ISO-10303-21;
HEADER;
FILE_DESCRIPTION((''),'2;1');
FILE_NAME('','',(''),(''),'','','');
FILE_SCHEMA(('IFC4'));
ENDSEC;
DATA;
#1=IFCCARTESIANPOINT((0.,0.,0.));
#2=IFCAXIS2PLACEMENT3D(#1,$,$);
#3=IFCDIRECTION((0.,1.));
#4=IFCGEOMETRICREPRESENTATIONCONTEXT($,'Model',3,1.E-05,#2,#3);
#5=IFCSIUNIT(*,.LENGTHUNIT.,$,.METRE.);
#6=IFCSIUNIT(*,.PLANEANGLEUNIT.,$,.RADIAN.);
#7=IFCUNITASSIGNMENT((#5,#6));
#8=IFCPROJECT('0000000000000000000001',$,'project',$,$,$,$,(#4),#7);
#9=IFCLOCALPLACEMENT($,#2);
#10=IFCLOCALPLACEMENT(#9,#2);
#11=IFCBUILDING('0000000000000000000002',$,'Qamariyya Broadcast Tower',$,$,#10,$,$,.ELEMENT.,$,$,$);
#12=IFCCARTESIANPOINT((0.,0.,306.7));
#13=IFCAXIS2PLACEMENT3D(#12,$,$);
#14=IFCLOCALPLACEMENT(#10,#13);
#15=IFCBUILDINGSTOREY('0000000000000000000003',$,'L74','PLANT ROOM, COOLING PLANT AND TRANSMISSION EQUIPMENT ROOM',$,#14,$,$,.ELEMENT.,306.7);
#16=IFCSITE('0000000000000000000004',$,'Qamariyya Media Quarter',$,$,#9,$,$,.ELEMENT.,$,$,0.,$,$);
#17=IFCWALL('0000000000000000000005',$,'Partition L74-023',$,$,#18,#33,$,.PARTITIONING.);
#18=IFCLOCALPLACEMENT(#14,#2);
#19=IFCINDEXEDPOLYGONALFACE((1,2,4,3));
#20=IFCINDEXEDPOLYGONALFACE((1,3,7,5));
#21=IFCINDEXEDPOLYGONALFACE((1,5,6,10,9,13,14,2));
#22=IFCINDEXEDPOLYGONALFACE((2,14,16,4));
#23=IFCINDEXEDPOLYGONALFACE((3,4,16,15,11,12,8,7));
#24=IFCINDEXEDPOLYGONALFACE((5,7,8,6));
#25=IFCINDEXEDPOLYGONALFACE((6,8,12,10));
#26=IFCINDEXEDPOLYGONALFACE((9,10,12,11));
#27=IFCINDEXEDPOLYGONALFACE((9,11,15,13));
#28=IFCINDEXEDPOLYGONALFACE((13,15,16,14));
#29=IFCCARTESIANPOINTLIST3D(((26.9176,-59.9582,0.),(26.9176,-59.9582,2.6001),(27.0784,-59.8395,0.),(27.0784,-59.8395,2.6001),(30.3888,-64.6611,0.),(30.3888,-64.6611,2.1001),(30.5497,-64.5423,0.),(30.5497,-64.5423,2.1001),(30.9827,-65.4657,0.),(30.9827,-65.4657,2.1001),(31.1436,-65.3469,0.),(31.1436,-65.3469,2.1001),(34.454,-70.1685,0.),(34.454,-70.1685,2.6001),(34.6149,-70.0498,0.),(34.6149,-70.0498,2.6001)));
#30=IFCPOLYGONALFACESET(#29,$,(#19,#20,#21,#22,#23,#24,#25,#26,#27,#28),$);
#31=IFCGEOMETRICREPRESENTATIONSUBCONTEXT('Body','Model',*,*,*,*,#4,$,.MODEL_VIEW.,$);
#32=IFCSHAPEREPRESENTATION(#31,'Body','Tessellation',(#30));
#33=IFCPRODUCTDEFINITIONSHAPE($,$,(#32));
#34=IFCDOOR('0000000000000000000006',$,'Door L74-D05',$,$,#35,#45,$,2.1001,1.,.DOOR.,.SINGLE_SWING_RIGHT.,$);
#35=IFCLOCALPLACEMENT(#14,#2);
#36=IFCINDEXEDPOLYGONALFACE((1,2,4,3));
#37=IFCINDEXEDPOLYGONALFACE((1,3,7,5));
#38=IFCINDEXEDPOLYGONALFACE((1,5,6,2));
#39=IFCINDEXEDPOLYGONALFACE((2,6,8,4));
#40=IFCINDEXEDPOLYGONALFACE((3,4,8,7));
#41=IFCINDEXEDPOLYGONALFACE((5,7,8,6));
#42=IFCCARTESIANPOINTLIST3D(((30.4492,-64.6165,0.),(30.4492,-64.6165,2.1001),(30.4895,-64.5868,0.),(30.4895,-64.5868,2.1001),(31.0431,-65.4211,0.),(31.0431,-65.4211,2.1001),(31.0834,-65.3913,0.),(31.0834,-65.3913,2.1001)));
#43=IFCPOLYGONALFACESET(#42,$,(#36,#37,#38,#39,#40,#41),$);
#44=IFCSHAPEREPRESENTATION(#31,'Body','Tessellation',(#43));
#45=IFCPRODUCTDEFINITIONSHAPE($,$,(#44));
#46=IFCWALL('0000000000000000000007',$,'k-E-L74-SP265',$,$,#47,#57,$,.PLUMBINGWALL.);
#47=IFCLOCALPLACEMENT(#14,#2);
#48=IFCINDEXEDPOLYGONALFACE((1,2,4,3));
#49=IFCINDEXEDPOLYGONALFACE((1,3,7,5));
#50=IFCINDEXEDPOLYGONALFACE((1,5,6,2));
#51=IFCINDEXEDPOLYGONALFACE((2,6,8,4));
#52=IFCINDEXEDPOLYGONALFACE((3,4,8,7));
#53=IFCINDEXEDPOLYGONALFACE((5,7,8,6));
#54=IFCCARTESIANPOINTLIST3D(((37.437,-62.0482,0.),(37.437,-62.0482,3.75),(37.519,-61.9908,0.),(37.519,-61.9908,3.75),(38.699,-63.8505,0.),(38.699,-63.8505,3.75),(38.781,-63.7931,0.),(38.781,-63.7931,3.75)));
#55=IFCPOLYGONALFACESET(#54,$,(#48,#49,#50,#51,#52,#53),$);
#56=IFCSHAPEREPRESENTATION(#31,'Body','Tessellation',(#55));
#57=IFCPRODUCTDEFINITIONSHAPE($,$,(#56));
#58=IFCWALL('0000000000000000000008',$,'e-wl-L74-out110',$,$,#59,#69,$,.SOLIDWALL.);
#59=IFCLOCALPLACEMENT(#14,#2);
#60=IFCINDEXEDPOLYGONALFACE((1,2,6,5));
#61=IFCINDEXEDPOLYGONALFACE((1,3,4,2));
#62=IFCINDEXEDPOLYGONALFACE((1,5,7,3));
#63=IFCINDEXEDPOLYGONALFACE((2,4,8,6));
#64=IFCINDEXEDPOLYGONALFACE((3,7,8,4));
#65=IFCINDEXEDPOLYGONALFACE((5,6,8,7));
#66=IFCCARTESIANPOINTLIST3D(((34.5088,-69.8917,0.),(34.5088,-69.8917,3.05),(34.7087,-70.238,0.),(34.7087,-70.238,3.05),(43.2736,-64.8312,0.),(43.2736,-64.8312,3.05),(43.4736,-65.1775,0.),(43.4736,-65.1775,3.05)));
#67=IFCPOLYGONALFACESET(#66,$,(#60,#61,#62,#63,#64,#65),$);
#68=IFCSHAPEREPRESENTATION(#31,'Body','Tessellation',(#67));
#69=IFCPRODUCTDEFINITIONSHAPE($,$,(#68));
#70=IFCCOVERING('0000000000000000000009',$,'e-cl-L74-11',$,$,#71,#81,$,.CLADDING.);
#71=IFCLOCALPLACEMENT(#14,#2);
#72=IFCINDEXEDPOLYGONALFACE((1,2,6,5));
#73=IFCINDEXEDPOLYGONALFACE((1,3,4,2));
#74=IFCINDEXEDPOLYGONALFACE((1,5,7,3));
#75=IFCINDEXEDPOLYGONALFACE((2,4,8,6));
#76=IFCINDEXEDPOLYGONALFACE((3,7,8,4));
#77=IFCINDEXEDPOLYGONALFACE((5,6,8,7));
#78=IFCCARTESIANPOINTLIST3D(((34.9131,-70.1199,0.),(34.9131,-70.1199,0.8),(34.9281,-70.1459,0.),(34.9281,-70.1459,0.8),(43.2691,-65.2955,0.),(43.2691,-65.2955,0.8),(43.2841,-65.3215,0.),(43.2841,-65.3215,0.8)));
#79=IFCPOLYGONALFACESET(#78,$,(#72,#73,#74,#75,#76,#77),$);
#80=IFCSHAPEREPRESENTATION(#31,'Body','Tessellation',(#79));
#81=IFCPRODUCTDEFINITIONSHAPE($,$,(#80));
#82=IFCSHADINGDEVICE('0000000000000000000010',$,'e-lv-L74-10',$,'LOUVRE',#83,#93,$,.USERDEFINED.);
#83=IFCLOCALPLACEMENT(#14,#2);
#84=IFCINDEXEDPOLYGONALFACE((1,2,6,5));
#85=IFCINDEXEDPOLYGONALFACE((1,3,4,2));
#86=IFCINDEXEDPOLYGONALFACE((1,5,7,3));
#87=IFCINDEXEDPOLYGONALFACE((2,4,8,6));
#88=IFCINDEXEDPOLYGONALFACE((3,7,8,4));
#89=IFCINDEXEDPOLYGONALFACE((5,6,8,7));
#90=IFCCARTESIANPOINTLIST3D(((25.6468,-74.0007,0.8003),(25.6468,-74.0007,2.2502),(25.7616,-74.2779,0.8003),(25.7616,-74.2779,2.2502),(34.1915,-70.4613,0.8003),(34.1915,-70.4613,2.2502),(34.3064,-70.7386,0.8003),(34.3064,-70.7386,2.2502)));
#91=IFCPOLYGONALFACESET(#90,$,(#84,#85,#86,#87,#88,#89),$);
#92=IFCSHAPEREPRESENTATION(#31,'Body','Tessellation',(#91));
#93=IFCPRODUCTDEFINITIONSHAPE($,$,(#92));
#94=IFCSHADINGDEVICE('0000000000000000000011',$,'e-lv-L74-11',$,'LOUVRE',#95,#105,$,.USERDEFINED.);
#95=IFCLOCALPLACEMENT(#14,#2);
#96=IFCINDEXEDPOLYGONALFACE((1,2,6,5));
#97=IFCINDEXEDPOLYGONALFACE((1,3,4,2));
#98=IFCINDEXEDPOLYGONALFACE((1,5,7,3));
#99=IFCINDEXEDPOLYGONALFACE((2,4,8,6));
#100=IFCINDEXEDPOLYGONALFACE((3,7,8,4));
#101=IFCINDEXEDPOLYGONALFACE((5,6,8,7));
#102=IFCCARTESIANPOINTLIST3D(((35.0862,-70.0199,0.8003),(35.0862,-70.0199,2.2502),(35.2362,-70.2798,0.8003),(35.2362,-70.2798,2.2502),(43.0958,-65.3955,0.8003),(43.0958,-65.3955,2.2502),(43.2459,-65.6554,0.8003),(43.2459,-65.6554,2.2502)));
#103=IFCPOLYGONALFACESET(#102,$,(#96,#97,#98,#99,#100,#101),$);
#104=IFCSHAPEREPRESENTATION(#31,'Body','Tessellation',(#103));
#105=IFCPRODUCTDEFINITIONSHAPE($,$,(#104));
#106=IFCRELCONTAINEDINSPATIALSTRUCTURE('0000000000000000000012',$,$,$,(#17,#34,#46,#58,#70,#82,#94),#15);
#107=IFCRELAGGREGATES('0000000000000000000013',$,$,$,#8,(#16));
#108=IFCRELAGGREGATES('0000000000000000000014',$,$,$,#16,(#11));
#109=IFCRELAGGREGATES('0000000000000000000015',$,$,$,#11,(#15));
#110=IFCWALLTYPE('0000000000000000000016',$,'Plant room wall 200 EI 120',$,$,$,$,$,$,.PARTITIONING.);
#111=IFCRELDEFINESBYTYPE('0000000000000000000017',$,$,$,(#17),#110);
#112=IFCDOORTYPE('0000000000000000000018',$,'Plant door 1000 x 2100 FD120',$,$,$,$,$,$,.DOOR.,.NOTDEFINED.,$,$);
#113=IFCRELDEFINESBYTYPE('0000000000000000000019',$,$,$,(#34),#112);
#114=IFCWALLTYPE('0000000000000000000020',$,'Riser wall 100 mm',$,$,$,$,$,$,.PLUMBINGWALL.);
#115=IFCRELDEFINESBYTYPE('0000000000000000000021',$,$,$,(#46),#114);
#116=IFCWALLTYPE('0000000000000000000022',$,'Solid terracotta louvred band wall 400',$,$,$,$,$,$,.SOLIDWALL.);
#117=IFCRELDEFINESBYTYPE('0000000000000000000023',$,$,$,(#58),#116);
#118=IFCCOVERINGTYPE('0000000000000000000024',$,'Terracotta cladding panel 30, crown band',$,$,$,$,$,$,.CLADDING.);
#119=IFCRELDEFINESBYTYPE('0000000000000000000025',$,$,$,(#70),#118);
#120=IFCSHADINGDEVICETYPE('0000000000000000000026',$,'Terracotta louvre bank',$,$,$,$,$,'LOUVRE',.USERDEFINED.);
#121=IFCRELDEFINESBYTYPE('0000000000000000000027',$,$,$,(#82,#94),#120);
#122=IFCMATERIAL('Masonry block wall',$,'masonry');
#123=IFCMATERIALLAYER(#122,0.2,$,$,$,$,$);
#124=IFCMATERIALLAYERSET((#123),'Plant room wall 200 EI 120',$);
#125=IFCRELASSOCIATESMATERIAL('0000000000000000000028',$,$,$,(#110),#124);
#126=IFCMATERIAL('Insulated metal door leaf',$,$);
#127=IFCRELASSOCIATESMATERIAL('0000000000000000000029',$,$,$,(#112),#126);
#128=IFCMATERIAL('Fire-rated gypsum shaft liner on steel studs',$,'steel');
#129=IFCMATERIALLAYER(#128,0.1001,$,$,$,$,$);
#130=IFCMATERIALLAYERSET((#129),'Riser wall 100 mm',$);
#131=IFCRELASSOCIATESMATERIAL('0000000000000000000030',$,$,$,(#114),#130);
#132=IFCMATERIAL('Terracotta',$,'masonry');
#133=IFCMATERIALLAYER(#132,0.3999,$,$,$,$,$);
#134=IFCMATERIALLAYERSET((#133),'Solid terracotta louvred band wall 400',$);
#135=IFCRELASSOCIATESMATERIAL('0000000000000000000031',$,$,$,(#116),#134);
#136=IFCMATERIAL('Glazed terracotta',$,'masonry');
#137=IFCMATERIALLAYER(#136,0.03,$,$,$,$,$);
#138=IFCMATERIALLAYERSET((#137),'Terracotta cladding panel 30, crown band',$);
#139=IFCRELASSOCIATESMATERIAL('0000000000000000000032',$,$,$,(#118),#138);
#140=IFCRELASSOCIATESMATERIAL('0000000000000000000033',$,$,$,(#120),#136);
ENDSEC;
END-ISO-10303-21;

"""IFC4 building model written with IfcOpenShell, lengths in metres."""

from ifc_helpers import new_model, si_unit, direction, frame, frame_2d, origin, origin_2d, place, context, subcontext, project, spatial, rectangle, extrude, material, layer, layer_set, type_object, element, fill, save


model = new_model("IFC4")

# Units and contexts
model_context = context("Model", 3, precision=1e-05, world=origin(), true_north=direction((0.0, 1.0)))
body_context = subcontext(model_context, "Body", "Model", "MODEL_VIEW")
ifc_project = project(units=[si_unit("LENGTHUNIT", "METRE"), si_unit("PLANEANGLEUNIT", "RADIAN")], contexts=[model_context])

# Site, building, storey
site_placement = place(None, origin())
site = spatial("IfcSite", under=ifc_project, at=site_placement, Name="Qamariyya Media Quarter", CompositionType="ELEMENT", RefElevation=0.0)
building_placement = place(site_placement, origin())
building = spatial("IfcBuilding", under=site, at=building_placement, Name="Qamariyya Broadcast Tower", CompositionType="ELEMENT")
storey_placement = place(building_placement, frame((0.0, 0.0, 306.7)))
storey = spatial("IfcBuildingStorey", under=building, at=storey_placement, Name="L74", Description="PLANT ROOM, COOLING PLANT AND TRANSMISSION EQUIPMENT ROOM", CompositionType="ELEMENT", Elevation=306.7)

# Wall, opening, door
ifc_material_1 = material(Name="Masonry block wall", Category="masonry")
ifc_layer_1 = layer(ifc_material_1, 0.2)
ifc_layer_set_1 = layer_set([ifc_layer_1], Name="Plant room wall 200 EI 120")
wall_type_1 = type_object("IfcWallType", Name="Plant room wall 200 EI 120", PredefinedType="PARTITIONING", material=ifc_layer_set_1)
wall_1_placement = place(storey_placement, frame((34.5344, -70.1091, 0.0), z_axis=(0.0, 0.0, 1.0), x_axis=(-0.593866, 0.804564, 0.0)))
wall_1 = element("IfcWall", 1, at=wall_1_placement, inside=storey, type_object=wall_type_1, Name="Partition L74-023", PredefinedType="PARTITIONING", context=body_context, shape_type="SweptSolid", body=[
    extrude(rectangle(XDim=12.6904, YDim=0.2, at=frame_2d((6.3452, 0.0))), origin(), (0.0, 0.0, 1.0), 2.6001),
])
opening_1_placement = place(wall_1_placement, frame((5.8452, 0.0, 0.0)))
opening_1 = element("IfcOpeningElement", 2, at=opening_1_placement, cuts=wall_1, PredefinedType="OPENING", context=body_context, shape_type="SweptSolid", body=[
    extrude(rectangle(XDim=1.0, YDim=2.1001, at=frame_2d((0.5, 1.05))), frame((0.0, 0.1099, 0.0), z_axis=(0.0, -1.0, 0.0), x_axis=(1.0, 0.0, 0.0)), (0.0, 0.0, 1.0), 0.22),
])
ifc_material_2 = material(Name="Insulated metal door leaf")
door_type_1 = type_object("IfcDoorType", Name="Plant door 1000 x 2100 FD120", OperationType="NOTDEFINED", PredefinedType="DOOR", material=ifc_material_2)
door_1_placement = place(opening_1_placement, origin())
door_1 = element("IfcDoor", 3, at=door_1_placement, inside=storey, type_object=door_type_1, Name="Door L74-D05", OperationType="SINGLE_SWING_RIGHT", OverallHeight=2.1001, OverallWidth=1.0, PredefinedType="DOOR", context=body_context, shape_type="SweptSolid", body=[
    extrude(rectangle(XDim=1.0, YDim=2.1001, at=frame_2d((0.5, 1.05))), frame((0.0, 0.0249, 0.0), z_axis=(0.0, -1.0, 0.0), x_axis=(1.0, 0.0, 0.0)), (0.0, 0.0, 1.0), 0.05),
])
fill(opening_1, door_1)

# Walls
ifc_material_3 = material(Name="Fire-rated gypsum shaft liner on steel studs", Category="steel")
ifc_layer_2 = layer(ifc_material_3, 0.1001)
ifc_layer_set_2 = layer_set([ifc_layer_2], Name="Riser wall 100 mm")
wall_type_2 = type_object("IfcWallType", Name="Riser wall 100 mm", PredefinedType="PLUMBINGWALL", material=ifc_layer_set_2)
wall_2_placement = place(storey_placement, frame((37.478, -62.0195, 0.0), z_axis=(0.0, 0.0, 1.0), x_axis=(0.573581, -0.819149, 0.0)))
element("IfcWall", 4, at=wall_2_placement, inside=storey, type_object=wall_type_2, Name="k-E-L74-SP265", PredefinedType="PLUMBINGWALL", context=body_context, shape_type="SweptSolid", body=[
    extrude(rectangle(XDim=2.2002, YDim=0.1001, at=frame_2d((1.1001, 0.0))), origin(), (0.0, 0.0, 1.0), 3.75),
])
ifc_material_4 = material(Name="Terracotta", Category="masonry")
ifc_layer_3 = layer(ifc_material_4, 0.3999)
ifc_layer_set_3 = layer_set([ifc_layer_3], Name="Solid terracotta louvred band wall 400")
wall_type_3 = type_object("IfcWallType", Name="Solid terracotta louvred band wall 400", PredefinedType="SOLIDWALL", material=ifc_layer_set_3)
wall_3_placement = place(storey_placement, frame((34.6086, -70.0649, 0.0), z_axis=(0.0, 0.0, 1.0), x_axis=(0.86602, 0.50001, 0.0)))
element("IfcWall", 5, at=wall_3_placement, inside=storey, type_object=wall_type_3, Name="e-wl-L74-out110", PredefinedType="SOLIDWALL", context=body_context, shape_type="SweptSolid", body=[
    extrude(rectangle(XDim=10.1208, YDim=0.3999, at=frame_2d((5.0605, 0.0))), origin(), (0.0, 0.0, 1.0), 3.05),
])

# Covering
ifc_material_5 = material(Name="Glazed terracotta", Category="masonry")
ifc_layer_4 = layer(ifc_material_5, 0.03)
ifc_layer_set_4 = layer_set([ifc_layer_4], Name="Terracotta cladding panel 30, crown band")
covering_type = type_object("IfcCoveringType", Name="Terracotta cladding panel 30, crown band", PredefinedType="CLADDING", material=ifc_layer_set_4)
covering_placement = place(storey_placement, frame((39.0986, -67.7207, 0.0), z_axis=(0.0, 0.0, 1.0), x_axis=(0.866025, 0.5, 0.0)))
element("IfcCovering", 6, at=covering_placement, inside=storey, type_object=covering_type, Name="e-cl-L74-11", PredefinedType="CLADDING", context=body_context, shape_type="SweptSolid", body=[
    extrude(rectangle(XDim=9.6487, YDim=0.03, at=origin_2d()), origin(), (0.0, 0.0, 1.0), 0.8),
])

# Shading devices
shading_device_type = type_object("IfcShadingDeviceType", Name="Terracotta louvre bank", ElementType="LOUVRE", PredefinedType="USERDEFINED", material=ifc_material_5)
for number, where, z_axis, x_axis, name in (
    (7, (29.9766, -72.3696, 0.8003), (0.0, 0.0, 1.0), (0.92388, 0.382683, 0.0), "e-lv-L74-10"),
    (8, (39.166, -67.8376, 0.8003), (0.0, 0.0, 1.0), (0.866025, 0.5, 0.0), "e-lv-L74-11"),
):
    element("IfcShadingDevice", number, at=place(storey_placement, frame(where, z_axis=z_axis, x_axis=x_axis)), inside=storey, type_object=shading_device_type, Name=name, ObjectType="LOUVRE", PredefinedType="USERDEFINED", context=body_context, shape_type="SweptSolid", body=[
        extrude(rectangle(XDim=9.2488, YDim=0.3, at=origin_2d()), origin(), (0.0, 0.0, 1.0), 1.45),
    ])

save(model, "model.ifc")
